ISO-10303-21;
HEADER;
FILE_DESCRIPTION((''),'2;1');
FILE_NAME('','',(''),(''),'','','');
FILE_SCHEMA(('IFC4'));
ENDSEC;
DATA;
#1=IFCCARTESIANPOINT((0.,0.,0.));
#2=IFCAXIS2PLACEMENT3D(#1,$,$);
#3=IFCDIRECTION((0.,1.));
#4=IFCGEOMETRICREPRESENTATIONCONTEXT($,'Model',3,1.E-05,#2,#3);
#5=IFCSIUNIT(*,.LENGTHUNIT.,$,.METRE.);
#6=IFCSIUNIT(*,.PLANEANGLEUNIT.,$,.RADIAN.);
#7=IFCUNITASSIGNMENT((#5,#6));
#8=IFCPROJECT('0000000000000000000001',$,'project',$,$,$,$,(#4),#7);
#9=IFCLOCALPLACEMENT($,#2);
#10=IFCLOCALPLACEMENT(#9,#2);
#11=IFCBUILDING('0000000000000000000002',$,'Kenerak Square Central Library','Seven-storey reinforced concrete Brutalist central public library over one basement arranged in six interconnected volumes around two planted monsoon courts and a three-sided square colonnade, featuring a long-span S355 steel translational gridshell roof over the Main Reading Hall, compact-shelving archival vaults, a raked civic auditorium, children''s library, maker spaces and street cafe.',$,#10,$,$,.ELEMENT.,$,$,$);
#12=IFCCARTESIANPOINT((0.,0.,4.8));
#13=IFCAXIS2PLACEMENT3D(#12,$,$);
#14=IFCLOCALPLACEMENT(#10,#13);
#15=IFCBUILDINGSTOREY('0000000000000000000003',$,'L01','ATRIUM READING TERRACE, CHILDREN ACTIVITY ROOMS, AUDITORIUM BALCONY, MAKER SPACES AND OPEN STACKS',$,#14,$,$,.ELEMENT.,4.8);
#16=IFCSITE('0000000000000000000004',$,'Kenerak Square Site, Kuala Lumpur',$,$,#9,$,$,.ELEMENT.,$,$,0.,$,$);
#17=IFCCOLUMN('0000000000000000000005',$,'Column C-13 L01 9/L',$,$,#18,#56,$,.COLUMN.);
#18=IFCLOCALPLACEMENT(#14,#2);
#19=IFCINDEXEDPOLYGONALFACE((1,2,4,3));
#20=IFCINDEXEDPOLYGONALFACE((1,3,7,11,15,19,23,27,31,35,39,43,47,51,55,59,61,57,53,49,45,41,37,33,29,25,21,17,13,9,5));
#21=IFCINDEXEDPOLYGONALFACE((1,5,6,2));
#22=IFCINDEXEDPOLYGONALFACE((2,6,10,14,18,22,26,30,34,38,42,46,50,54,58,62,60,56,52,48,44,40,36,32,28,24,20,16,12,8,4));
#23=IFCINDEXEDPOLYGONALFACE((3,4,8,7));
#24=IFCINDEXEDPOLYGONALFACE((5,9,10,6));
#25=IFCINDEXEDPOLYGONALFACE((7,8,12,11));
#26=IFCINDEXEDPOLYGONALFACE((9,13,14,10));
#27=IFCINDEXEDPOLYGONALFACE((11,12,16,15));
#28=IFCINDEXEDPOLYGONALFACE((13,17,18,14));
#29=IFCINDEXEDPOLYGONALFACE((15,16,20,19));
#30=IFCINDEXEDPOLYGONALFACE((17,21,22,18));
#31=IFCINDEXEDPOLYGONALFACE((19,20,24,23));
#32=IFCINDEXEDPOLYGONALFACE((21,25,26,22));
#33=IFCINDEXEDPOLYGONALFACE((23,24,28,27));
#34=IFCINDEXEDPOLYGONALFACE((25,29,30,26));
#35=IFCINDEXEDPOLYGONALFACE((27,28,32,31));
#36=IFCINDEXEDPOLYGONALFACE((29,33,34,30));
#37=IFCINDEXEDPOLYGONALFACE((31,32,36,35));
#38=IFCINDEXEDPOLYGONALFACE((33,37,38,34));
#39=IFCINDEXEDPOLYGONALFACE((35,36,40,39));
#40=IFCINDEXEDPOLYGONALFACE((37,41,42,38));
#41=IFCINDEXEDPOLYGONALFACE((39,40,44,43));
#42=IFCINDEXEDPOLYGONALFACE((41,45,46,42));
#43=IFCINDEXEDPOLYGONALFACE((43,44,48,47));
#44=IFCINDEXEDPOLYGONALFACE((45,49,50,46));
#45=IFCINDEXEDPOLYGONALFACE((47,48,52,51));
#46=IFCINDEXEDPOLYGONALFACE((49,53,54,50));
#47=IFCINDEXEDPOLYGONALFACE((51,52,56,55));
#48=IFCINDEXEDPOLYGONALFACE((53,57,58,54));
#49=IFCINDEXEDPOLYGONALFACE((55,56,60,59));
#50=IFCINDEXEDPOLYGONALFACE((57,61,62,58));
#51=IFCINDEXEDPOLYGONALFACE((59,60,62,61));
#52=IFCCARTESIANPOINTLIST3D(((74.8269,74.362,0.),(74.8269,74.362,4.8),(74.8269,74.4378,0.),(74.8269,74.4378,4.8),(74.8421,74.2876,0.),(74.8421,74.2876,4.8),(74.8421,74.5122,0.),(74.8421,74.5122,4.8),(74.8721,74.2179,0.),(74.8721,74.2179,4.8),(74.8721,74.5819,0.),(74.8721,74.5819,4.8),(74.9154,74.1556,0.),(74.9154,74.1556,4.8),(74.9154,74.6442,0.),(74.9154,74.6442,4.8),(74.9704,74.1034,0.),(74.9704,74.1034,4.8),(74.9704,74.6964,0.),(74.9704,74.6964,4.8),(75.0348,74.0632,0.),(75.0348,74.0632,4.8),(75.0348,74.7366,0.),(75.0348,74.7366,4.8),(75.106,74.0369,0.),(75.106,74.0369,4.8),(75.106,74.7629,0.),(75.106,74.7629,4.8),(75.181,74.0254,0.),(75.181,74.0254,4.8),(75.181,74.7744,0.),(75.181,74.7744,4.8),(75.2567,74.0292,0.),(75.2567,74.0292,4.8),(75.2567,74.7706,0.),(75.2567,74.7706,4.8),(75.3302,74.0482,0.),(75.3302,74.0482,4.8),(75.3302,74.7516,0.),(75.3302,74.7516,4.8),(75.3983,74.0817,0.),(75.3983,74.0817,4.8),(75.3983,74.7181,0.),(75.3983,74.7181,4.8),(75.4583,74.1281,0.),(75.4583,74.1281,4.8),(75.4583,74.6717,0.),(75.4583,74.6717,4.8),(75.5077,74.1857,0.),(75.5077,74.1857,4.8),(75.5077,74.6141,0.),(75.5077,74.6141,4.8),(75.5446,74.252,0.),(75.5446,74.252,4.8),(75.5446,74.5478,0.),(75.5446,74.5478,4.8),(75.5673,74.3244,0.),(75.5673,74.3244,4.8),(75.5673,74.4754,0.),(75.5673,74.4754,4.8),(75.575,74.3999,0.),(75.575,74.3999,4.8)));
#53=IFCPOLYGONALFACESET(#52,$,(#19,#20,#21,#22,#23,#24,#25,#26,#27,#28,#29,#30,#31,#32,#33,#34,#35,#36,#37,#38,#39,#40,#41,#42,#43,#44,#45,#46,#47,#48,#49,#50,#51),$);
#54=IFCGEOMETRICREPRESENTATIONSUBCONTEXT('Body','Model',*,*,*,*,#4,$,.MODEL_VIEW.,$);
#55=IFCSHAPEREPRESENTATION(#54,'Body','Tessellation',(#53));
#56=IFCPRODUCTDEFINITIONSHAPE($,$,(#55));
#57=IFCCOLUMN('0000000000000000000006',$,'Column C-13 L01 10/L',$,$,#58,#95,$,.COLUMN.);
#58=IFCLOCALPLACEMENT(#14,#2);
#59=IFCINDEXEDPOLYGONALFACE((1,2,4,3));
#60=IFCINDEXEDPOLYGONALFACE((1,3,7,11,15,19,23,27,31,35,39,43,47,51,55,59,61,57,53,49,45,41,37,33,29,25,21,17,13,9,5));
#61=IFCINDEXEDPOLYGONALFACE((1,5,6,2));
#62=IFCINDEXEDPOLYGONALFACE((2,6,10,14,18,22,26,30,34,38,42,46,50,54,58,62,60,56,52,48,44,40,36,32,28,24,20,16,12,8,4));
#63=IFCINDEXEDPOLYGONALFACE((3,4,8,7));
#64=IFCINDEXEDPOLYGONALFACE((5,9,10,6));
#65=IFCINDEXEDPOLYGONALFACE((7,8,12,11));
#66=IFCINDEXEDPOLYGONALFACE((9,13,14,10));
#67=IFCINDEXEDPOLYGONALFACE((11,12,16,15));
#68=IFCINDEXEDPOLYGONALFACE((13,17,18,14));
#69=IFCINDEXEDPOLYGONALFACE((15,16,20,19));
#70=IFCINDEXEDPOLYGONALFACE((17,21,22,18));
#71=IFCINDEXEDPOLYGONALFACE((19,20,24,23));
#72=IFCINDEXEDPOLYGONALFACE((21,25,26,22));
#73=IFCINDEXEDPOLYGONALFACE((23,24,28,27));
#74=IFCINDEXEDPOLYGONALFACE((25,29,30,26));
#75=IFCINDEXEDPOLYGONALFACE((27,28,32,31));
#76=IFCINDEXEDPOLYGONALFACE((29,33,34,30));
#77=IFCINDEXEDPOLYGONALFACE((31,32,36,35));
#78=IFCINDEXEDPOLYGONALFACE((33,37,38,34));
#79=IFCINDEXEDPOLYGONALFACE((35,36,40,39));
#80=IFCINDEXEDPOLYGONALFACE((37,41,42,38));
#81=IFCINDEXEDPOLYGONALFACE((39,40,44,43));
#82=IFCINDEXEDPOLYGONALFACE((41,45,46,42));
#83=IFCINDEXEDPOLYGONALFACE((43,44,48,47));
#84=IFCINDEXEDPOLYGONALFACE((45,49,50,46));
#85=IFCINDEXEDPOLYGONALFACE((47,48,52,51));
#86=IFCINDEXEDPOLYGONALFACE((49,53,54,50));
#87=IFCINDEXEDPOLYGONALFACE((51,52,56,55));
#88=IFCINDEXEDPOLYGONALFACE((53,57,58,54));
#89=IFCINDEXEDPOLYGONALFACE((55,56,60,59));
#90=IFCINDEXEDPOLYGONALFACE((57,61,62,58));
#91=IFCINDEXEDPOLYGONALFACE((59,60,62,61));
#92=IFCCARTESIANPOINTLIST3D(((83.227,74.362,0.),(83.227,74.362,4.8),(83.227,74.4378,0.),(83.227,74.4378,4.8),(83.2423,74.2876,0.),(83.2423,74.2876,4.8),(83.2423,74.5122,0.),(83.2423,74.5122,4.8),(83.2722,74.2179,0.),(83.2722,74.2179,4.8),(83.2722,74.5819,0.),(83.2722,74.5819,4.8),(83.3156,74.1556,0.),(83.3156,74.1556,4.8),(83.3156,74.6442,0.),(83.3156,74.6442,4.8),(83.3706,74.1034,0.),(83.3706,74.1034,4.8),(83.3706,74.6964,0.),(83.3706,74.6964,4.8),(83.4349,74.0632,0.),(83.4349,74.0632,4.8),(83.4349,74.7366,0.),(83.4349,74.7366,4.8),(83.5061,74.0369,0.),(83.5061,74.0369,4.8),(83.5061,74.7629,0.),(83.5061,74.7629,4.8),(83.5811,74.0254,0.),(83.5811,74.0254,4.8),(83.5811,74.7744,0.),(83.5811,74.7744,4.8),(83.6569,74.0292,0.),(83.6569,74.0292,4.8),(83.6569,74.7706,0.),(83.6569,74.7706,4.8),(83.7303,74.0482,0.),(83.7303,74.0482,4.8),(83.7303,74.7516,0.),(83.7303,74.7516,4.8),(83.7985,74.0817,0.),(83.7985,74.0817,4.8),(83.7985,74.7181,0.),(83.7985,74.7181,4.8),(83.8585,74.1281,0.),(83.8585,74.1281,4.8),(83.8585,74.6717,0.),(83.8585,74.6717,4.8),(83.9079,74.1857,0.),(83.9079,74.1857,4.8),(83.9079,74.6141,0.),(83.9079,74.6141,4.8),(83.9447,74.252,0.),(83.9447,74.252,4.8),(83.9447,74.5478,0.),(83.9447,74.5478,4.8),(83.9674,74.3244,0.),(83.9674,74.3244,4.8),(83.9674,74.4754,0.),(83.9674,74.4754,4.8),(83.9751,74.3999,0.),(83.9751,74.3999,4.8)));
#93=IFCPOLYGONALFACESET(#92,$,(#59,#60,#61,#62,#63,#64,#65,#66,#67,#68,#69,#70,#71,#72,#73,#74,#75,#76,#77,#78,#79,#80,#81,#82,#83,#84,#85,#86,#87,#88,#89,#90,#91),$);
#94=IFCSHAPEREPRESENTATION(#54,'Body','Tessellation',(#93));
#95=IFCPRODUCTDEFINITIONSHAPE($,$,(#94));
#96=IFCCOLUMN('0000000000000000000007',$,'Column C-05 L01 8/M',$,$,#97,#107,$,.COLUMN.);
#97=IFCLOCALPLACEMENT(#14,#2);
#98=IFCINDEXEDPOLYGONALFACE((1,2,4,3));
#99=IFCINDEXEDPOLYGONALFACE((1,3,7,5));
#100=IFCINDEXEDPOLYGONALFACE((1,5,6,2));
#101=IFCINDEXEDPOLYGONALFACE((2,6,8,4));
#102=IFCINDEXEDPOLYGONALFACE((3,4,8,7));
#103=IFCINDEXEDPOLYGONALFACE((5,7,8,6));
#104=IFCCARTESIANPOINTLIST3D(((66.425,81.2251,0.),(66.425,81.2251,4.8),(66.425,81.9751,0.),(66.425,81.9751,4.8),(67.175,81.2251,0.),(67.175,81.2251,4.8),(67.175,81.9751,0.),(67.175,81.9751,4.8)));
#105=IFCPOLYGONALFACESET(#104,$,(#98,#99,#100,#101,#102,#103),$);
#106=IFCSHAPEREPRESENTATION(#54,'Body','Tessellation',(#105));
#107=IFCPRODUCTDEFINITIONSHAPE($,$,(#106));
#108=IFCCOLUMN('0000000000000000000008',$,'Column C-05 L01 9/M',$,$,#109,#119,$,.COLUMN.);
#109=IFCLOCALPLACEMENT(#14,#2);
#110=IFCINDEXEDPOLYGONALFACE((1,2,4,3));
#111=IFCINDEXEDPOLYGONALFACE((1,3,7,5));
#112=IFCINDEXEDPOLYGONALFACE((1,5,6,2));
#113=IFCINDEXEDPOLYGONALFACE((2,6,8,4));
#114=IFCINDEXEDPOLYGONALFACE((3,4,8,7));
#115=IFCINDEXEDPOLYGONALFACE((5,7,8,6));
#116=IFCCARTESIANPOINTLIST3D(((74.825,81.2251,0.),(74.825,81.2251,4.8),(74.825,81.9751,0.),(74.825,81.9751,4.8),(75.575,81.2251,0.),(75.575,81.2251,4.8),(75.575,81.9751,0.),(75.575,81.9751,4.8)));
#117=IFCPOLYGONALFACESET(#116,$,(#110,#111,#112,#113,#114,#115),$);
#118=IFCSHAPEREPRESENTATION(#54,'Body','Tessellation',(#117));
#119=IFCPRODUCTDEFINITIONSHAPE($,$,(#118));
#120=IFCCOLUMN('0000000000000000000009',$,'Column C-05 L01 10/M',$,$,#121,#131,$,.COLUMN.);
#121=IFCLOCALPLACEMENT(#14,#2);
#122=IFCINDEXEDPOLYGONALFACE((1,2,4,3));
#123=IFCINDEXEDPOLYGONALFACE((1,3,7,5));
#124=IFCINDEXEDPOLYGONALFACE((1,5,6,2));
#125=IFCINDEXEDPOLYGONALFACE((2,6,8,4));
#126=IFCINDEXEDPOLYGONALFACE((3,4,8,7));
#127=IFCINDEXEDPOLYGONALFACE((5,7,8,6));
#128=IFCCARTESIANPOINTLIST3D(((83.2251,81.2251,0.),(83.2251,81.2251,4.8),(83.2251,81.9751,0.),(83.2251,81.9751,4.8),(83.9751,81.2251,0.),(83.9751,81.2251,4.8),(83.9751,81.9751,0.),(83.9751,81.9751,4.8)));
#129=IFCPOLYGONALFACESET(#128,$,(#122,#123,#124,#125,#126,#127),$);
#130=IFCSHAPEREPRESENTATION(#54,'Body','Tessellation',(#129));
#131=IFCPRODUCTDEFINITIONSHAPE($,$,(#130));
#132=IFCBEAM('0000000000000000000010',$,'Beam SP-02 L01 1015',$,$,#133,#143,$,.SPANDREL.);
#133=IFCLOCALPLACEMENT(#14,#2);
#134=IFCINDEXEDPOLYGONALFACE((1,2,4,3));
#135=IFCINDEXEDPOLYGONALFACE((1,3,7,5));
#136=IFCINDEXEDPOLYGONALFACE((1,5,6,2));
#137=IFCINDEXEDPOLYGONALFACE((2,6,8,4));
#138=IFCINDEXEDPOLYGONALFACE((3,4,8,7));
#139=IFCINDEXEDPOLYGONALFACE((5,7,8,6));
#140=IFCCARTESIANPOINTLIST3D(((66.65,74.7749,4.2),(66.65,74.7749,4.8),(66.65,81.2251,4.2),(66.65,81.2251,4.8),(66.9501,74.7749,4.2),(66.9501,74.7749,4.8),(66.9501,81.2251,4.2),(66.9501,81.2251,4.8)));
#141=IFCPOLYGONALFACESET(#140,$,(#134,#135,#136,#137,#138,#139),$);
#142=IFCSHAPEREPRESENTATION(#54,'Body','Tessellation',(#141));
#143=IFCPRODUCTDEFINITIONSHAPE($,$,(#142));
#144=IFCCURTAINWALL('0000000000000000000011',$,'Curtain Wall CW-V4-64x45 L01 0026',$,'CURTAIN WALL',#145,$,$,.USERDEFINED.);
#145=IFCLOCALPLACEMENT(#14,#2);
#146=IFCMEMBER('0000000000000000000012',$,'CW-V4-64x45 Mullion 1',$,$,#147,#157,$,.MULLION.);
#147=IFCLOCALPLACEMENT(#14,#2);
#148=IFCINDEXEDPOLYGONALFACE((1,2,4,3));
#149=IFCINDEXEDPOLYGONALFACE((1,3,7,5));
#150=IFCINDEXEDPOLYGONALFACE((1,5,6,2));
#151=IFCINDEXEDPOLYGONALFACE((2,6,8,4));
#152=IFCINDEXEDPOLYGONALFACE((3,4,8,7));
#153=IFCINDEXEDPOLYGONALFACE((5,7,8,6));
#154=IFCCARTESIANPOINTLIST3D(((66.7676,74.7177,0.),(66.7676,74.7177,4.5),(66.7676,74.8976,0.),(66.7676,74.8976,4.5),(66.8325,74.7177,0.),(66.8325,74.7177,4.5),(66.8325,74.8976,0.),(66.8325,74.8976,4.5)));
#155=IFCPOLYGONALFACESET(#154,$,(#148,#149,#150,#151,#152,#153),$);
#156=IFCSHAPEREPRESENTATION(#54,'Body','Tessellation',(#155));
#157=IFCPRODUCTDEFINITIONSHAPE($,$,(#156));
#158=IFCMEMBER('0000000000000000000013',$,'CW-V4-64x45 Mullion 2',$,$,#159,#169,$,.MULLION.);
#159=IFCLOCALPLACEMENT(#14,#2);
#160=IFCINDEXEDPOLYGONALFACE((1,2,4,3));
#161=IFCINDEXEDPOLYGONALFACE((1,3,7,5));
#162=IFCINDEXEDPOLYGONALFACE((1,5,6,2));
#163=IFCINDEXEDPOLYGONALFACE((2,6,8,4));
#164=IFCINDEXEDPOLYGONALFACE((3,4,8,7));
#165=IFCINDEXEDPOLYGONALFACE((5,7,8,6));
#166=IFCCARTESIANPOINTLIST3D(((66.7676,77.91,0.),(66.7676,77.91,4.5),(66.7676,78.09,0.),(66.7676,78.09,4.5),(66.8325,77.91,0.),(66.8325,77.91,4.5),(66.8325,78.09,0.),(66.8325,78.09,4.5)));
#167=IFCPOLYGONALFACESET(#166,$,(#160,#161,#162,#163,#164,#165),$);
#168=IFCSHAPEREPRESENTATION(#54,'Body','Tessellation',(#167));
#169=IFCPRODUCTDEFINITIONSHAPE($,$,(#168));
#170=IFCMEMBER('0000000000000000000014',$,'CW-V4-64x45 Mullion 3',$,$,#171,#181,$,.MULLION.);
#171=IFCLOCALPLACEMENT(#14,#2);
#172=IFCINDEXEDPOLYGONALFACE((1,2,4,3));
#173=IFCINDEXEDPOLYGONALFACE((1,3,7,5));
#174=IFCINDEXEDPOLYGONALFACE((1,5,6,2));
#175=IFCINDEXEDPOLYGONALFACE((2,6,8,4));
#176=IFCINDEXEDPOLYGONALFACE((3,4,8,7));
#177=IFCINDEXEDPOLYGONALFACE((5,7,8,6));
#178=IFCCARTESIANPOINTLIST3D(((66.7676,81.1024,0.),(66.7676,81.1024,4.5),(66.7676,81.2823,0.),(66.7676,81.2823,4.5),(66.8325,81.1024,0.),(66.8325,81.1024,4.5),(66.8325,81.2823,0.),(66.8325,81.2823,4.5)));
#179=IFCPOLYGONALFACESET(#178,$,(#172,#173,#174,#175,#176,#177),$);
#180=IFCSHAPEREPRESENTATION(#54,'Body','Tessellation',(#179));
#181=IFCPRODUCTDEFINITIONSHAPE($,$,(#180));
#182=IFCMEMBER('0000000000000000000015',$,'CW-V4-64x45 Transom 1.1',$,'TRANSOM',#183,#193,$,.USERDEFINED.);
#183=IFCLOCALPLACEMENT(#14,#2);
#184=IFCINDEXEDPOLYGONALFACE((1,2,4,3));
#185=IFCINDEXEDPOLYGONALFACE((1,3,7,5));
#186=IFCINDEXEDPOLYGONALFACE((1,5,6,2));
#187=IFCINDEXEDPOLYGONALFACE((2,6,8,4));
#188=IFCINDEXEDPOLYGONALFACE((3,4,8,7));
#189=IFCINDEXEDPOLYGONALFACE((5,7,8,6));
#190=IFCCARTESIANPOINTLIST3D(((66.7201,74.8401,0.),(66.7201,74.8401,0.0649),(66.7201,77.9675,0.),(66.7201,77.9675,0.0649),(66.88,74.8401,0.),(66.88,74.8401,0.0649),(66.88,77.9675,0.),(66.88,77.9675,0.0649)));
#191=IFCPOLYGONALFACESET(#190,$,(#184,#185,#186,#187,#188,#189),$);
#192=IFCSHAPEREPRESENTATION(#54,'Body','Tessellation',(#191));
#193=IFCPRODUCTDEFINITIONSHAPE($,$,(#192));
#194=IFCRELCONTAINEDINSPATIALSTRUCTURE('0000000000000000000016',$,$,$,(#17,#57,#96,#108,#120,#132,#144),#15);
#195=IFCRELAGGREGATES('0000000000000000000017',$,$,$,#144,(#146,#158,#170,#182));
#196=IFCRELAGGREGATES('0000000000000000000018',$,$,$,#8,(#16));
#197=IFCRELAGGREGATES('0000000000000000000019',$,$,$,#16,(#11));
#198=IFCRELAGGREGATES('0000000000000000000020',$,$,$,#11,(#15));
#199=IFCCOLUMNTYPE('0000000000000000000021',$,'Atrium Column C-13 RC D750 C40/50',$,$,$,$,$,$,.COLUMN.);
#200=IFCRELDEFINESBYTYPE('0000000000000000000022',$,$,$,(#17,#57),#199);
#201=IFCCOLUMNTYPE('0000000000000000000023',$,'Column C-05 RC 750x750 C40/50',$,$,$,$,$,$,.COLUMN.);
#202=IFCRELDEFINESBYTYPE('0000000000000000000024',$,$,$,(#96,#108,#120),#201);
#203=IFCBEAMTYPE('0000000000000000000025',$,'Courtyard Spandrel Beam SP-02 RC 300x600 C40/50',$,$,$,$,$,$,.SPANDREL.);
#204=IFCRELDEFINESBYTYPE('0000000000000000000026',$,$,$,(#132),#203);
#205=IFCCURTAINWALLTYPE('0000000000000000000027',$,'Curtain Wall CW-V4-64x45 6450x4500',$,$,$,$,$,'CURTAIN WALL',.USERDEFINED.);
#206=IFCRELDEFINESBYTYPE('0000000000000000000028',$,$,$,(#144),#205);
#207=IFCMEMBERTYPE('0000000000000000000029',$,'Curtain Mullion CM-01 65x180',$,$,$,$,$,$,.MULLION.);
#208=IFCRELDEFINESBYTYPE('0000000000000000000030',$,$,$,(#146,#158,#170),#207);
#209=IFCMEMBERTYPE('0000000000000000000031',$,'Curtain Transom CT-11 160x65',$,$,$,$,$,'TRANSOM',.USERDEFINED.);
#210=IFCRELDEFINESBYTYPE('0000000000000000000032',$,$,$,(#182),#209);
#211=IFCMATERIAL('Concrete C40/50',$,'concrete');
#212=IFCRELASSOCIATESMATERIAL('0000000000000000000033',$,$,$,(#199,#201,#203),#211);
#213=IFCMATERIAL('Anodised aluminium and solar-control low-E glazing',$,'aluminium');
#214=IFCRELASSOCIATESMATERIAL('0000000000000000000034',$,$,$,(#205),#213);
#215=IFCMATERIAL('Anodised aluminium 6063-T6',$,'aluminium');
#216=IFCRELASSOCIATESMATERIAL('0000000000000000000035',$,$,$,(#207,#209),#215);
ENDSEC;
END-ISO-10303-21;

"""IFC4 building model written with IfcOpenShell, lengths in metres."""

from ifc_helpers import new_model, si_unit, direction, frame, origin, origin_2d, place, context, subcontext, project, spatial, rectangle, circle, extrude, material, material_profile, profile_set, type_object, element, aggregate, save


model = new_model("IFC4")

# Units and contexts
model_context = context("Model", 3, precision=1e-05, world=origin(), true_north=direction((0.0, 1.0)))
body_context = subcontext(model_context, "Body", "Model", "MODEL_VIEW")
ifc_project = project(units=[si_unit("LENGTHUNIT", "METRE"), si_unit("PLANEANGLEUNIT", "RADIAN")], contexts=[model_context])

# Site, building, storey
site_placement = place(None, origin())
site = spatial("IfcSite", under=ifc_project, at=site_placement, Name="Kenerak Square Site, Kuala Lumpur", CompositionType="ELEMENT", RefElevation=0.0)
building_placement = place(site_placement, origin())
building = spatial("IfcBuilding", under=site, at=building_placement, Name="Kenerak Square Central Library", Description="Seven-storey reinforced concrete Brutalist central public library over one basement arranged in six interconnected volumes around two planted monsoon courts and a three-sided square colonnade, featuring a long-span S355 steel translational gridshell roof over the Main Reading Hall, compact-shelving archival vaults, a raked civic auditorium, children's library, maker spaces and street cafe.", CompositionType="ELEMENT")
storey_placement = place(building_placement, frame((0.0, 0.0, 4.8)))
storey = spatial("IfcBuildingStorey", under=building, at=storey_placement, Name="L01", Description="ATRIUM READING TERRACE, CHILDREN ACTIVITY ROOMS, AUDITORIUM BALCONY, MAKER SPACES AND OPEN STACKS", CompositionType="ELEMENT", Elevation=4.8)

# Columns
ifc_material_1 = material(Name="Concrete C40/50", Category="concrete")
ifc_material_profile_1 = material_profile(ifc_material_1, circle(Radius=0.375, at=origin_2d()), Name="RC D750")
ifc_profile_set_1 = profile_set([ifc_material_profile_1], Name="Concrete C40/50")
column_type_1 = type_object("IfcColumnType", Name="Atrium Column C-13 RC D750 C40/50", PredefinedType="COLUMN", material=ifc_profile_set_1)
for number, where, z_axis, x_axis, name in (
    (1, (75.2, 74.3999, 0.0), (0.0, 0.0, 1.0), (1.0, 0.0, 0.0), "Column C-13 L01 9/L"),
    (2, (83.6001, 74.3999, 0.0), (0.0, 0.0, 1.0), (1.0, 0.0, 0.0), "Column C-13 L01 10/L"),
):
    element("IfcColumn", number, at=place(storey_placement, frame(where, z_axis=z_axis, x_axis=x_axis)), inside=storey, type_object=column_type_1, Name=name, PredefinedType="COLUMN", context=body_context, shape_type="SweptSolid", body=[
        extrude(circle(Radius=0.375, at=origin_2d()), origin(), (0.0, 0.0, 1.0), 4.8),
    ])
ifc_material_profile_2 = material_profile(ifc_material_1, rectangle(XDim=0.75, YDim=0.75, at=origin_2d()), Name="RC 750x750")
ifc_profile_set_2 = profile_set([ifc_material_profile_2], Name="Concrete C40/50")
column_type_2 = type_object("IfcColumnType", Name="Column C-05 RC 750x750 C40/50", PredefinedType="COLUMN", material=ifc_profile_set_2)
for number, where, z_axis, x_axis, name in (
    (3, (66.8, 81.6001, 0.0), (0.0, 0.0, 1.0), (1.0, 0.0, 0.0), "Column C-05 L01 8/M"),
    (4, (75.2, 81.6001, 0.0), (0.0, 0.0, 1.0), (1.0, 0.0, 0.0), "Column C-05 L01 9/M"),
    (5, (83.6001, 81.6001, 0.0), (0.0, 0.0, 1.0), (1.0, 0.0, 0.0), "Column C-05 L01 10/M"),
):
    element("IfcColumn", number, at=place(storey_placement, frame(where, z_axis=z_axis, x_axis=x_axis)), inside=storey, type_object=column_type_2, Name=name, PredefinedType="COLUMN", context=body_context, shape_type="SweptSolid", body=[
        extrude(rectangle(XDim=0.75, YDim=0.75, at=origin_2d()), origin(), (0.0, 0.0, 1.0), 4.8),
    ])

# Beam
ifc_material_profile_3 = material_profile(ifc_material_1, rectangle(XDim=0.3, YDim=0.6001, at=origin_2d()), Name="RC 300x600")
ifc_profile_set_3 = profile_set([ifc_material_profile_3], Name="Concrete C40/50")
beam_type_1 = type_object("IfcBeamType", Name="Courtyard Spandrel Beam SP-02 RC 300x600 C40/50", PredefinedType="SPANDREL", material=ifc_profile_set_3)
beam_1_placement = place(storey_placement, frame((66.8, 74.7749, 4.5), z_axis=(0.0, 1.0, 0.0), x_axis=(-1.0, 0.0, 0.0)))
element("IfcBeam", 6, at=beam_1_placement, inside=storey, type_object=beam_type_1, Name="Beam SP-02 L01 1015", PredefinedType="SPANDREL", context=body_context, shape_type="SweptSolid", body=[
    extrude(rectangle(XDim=0.3, YDim=0.6001, at=origin_2d()), origin(), (0.0, 0.0, 1.0), 6.4502),
])

# Curtain wall, members
ifc_material_2 = material(Name="Anodised aluminium and solar-control low-E glazing", Category="aluminium")
curtain_wall_type = type_object("IfcCurtainWallType", Name="Curtain Wall CW-V4-64x45 6450x4500", ElementType="CURTAIN WALL", PredefinedType="USERDEFINED", material=ifc_material_2)
curtain_wall_placement = place(storey_placement, origin())
curtain_wall = element("IfcCurtainWall", 7, at=curtain_wall_placement, inside=storey, type_object=curtain_wall_type, Name="Curtain Wall CW-V4-64x45 L01 0026", ObjectType="CURTAIN WALL", PredefinedType="USERDEFINED")
ifc_material_3 = material(Name="Anodised aluminium 6063-T6", Category="aluminium")
ifc_material_profile_4 = material_profile(ifc_material_3, rectangle(XDim=0.0649, YDim=0.1799, at=origin_2d()), Name="AL MULLION 65x180")
ifc_profile_set_4 = profile_set([ifc_material_profile_4], Name="Anodised aluminium 6063-T6")
member_type_1 = type_object("IfcMemberType", Name="Curtain Mullion CM-01 65x180", PredefinedType="MULLION", material=ifc_profile_set_4)
member_1_placement = place(storey_placement, frame((66.8, 74.8076, 0.0), z_axis=(0.0, 0.0, 1.0), x_axis=(-1.0, 0.0, 0.0)))
member_1 = element("IfcMember", 8, at=member_1_placement, type_object=member_type_1, Name="CW-V4-64x45 Mullion 1", PredefinedType="MULLION", context=body_context, shape_type="SweptSolid", body=[
    extrude(rectangle(XDim=0.0649, YDim=0.1799, at=origin_2d()), origin(), (0.0, 0.0, 1.0), 4.5),
])
member_2_placement = place(storey_placement, frame((66.8, 78.0, 0.0), z_axis=(0.0, 0.0, 1.0), x_axis=(-1.0, 0.0, 0.0)))
member_2 = element("IfcMember", 9, at=member_2_placement, type_object=member_type_1, Name="CW-V4-64x45 Mullion 2", PredefinedType="MULLION", context=body_context, shape_type="SweptSolid", body=[
    extrude(rectangle(XDim=0.0649, YDim=0.1799, at=origin_2d()), origin(), (0.0, 0.0, 1.0), 4.5),
])
member_3_placement = place(storey_placement, frame((66.8, 81.1924, 0.0), z_axis=(0.0, 0.0, 1.0), x_axis=(-1.0, 0.0, 0.0)))
member_3 = element("IfcMember", 10, at=member_3_placement, type_object=member_type_1, Name="CW-V4-64x45 Mullion 3", PredefinedType="MULLION", context=body_context, shape_type="SweptSolid", body=[
    extrude(rectangle(XDim=0.0649, YDim=0.1799, at=origin_2d()), origin(), (0.0, 0.0, 1.0), 4.5),
])
ifc_material_profile_5 = material_profile(ifc_material_3, rectangle(XDim=0.1599, YDim=0.0649, at=origin_2d()), Name="AL TRANSOM 160x65")
ifc_profile_set_5 = profile_set([ifc_material_profile_5], Name="Anodised aluminium 6063-T6")
member_type_2 = type_object("IfcMemberType", Name="Curtain Transom CT-11 160x65", ElementType="TRANSOM", PredefinedType="USERDEFINED", material=ifc_profile_set_5)
member_4_placement = place(storey_placement, frame((66.8, 74.8401, 0.0325), z_axis=(0.0, 1.0, 0.0), x_axis=(-1.0, 0.0, 0.0)))
member_4 = element("IfcMember", 11, at=member_4_placement, type_object=member_type_2, Name="CW-V4-64x45 Transom 1.1", ObjectType="TRANSOM", PredefinedType="USERDEFINED", context=body_context, shape_type="SweptSolid", body=[
    extrude(rectangle(XDim=0.1599, YDim=0.0649, at=origin_2d()), origin(), (0.0, 0.0, 1.0), 3.1274),
])

aggregate(curtain_wall, [member_1, member_2, member_3, member_4])

save(model, "model.ifc")
